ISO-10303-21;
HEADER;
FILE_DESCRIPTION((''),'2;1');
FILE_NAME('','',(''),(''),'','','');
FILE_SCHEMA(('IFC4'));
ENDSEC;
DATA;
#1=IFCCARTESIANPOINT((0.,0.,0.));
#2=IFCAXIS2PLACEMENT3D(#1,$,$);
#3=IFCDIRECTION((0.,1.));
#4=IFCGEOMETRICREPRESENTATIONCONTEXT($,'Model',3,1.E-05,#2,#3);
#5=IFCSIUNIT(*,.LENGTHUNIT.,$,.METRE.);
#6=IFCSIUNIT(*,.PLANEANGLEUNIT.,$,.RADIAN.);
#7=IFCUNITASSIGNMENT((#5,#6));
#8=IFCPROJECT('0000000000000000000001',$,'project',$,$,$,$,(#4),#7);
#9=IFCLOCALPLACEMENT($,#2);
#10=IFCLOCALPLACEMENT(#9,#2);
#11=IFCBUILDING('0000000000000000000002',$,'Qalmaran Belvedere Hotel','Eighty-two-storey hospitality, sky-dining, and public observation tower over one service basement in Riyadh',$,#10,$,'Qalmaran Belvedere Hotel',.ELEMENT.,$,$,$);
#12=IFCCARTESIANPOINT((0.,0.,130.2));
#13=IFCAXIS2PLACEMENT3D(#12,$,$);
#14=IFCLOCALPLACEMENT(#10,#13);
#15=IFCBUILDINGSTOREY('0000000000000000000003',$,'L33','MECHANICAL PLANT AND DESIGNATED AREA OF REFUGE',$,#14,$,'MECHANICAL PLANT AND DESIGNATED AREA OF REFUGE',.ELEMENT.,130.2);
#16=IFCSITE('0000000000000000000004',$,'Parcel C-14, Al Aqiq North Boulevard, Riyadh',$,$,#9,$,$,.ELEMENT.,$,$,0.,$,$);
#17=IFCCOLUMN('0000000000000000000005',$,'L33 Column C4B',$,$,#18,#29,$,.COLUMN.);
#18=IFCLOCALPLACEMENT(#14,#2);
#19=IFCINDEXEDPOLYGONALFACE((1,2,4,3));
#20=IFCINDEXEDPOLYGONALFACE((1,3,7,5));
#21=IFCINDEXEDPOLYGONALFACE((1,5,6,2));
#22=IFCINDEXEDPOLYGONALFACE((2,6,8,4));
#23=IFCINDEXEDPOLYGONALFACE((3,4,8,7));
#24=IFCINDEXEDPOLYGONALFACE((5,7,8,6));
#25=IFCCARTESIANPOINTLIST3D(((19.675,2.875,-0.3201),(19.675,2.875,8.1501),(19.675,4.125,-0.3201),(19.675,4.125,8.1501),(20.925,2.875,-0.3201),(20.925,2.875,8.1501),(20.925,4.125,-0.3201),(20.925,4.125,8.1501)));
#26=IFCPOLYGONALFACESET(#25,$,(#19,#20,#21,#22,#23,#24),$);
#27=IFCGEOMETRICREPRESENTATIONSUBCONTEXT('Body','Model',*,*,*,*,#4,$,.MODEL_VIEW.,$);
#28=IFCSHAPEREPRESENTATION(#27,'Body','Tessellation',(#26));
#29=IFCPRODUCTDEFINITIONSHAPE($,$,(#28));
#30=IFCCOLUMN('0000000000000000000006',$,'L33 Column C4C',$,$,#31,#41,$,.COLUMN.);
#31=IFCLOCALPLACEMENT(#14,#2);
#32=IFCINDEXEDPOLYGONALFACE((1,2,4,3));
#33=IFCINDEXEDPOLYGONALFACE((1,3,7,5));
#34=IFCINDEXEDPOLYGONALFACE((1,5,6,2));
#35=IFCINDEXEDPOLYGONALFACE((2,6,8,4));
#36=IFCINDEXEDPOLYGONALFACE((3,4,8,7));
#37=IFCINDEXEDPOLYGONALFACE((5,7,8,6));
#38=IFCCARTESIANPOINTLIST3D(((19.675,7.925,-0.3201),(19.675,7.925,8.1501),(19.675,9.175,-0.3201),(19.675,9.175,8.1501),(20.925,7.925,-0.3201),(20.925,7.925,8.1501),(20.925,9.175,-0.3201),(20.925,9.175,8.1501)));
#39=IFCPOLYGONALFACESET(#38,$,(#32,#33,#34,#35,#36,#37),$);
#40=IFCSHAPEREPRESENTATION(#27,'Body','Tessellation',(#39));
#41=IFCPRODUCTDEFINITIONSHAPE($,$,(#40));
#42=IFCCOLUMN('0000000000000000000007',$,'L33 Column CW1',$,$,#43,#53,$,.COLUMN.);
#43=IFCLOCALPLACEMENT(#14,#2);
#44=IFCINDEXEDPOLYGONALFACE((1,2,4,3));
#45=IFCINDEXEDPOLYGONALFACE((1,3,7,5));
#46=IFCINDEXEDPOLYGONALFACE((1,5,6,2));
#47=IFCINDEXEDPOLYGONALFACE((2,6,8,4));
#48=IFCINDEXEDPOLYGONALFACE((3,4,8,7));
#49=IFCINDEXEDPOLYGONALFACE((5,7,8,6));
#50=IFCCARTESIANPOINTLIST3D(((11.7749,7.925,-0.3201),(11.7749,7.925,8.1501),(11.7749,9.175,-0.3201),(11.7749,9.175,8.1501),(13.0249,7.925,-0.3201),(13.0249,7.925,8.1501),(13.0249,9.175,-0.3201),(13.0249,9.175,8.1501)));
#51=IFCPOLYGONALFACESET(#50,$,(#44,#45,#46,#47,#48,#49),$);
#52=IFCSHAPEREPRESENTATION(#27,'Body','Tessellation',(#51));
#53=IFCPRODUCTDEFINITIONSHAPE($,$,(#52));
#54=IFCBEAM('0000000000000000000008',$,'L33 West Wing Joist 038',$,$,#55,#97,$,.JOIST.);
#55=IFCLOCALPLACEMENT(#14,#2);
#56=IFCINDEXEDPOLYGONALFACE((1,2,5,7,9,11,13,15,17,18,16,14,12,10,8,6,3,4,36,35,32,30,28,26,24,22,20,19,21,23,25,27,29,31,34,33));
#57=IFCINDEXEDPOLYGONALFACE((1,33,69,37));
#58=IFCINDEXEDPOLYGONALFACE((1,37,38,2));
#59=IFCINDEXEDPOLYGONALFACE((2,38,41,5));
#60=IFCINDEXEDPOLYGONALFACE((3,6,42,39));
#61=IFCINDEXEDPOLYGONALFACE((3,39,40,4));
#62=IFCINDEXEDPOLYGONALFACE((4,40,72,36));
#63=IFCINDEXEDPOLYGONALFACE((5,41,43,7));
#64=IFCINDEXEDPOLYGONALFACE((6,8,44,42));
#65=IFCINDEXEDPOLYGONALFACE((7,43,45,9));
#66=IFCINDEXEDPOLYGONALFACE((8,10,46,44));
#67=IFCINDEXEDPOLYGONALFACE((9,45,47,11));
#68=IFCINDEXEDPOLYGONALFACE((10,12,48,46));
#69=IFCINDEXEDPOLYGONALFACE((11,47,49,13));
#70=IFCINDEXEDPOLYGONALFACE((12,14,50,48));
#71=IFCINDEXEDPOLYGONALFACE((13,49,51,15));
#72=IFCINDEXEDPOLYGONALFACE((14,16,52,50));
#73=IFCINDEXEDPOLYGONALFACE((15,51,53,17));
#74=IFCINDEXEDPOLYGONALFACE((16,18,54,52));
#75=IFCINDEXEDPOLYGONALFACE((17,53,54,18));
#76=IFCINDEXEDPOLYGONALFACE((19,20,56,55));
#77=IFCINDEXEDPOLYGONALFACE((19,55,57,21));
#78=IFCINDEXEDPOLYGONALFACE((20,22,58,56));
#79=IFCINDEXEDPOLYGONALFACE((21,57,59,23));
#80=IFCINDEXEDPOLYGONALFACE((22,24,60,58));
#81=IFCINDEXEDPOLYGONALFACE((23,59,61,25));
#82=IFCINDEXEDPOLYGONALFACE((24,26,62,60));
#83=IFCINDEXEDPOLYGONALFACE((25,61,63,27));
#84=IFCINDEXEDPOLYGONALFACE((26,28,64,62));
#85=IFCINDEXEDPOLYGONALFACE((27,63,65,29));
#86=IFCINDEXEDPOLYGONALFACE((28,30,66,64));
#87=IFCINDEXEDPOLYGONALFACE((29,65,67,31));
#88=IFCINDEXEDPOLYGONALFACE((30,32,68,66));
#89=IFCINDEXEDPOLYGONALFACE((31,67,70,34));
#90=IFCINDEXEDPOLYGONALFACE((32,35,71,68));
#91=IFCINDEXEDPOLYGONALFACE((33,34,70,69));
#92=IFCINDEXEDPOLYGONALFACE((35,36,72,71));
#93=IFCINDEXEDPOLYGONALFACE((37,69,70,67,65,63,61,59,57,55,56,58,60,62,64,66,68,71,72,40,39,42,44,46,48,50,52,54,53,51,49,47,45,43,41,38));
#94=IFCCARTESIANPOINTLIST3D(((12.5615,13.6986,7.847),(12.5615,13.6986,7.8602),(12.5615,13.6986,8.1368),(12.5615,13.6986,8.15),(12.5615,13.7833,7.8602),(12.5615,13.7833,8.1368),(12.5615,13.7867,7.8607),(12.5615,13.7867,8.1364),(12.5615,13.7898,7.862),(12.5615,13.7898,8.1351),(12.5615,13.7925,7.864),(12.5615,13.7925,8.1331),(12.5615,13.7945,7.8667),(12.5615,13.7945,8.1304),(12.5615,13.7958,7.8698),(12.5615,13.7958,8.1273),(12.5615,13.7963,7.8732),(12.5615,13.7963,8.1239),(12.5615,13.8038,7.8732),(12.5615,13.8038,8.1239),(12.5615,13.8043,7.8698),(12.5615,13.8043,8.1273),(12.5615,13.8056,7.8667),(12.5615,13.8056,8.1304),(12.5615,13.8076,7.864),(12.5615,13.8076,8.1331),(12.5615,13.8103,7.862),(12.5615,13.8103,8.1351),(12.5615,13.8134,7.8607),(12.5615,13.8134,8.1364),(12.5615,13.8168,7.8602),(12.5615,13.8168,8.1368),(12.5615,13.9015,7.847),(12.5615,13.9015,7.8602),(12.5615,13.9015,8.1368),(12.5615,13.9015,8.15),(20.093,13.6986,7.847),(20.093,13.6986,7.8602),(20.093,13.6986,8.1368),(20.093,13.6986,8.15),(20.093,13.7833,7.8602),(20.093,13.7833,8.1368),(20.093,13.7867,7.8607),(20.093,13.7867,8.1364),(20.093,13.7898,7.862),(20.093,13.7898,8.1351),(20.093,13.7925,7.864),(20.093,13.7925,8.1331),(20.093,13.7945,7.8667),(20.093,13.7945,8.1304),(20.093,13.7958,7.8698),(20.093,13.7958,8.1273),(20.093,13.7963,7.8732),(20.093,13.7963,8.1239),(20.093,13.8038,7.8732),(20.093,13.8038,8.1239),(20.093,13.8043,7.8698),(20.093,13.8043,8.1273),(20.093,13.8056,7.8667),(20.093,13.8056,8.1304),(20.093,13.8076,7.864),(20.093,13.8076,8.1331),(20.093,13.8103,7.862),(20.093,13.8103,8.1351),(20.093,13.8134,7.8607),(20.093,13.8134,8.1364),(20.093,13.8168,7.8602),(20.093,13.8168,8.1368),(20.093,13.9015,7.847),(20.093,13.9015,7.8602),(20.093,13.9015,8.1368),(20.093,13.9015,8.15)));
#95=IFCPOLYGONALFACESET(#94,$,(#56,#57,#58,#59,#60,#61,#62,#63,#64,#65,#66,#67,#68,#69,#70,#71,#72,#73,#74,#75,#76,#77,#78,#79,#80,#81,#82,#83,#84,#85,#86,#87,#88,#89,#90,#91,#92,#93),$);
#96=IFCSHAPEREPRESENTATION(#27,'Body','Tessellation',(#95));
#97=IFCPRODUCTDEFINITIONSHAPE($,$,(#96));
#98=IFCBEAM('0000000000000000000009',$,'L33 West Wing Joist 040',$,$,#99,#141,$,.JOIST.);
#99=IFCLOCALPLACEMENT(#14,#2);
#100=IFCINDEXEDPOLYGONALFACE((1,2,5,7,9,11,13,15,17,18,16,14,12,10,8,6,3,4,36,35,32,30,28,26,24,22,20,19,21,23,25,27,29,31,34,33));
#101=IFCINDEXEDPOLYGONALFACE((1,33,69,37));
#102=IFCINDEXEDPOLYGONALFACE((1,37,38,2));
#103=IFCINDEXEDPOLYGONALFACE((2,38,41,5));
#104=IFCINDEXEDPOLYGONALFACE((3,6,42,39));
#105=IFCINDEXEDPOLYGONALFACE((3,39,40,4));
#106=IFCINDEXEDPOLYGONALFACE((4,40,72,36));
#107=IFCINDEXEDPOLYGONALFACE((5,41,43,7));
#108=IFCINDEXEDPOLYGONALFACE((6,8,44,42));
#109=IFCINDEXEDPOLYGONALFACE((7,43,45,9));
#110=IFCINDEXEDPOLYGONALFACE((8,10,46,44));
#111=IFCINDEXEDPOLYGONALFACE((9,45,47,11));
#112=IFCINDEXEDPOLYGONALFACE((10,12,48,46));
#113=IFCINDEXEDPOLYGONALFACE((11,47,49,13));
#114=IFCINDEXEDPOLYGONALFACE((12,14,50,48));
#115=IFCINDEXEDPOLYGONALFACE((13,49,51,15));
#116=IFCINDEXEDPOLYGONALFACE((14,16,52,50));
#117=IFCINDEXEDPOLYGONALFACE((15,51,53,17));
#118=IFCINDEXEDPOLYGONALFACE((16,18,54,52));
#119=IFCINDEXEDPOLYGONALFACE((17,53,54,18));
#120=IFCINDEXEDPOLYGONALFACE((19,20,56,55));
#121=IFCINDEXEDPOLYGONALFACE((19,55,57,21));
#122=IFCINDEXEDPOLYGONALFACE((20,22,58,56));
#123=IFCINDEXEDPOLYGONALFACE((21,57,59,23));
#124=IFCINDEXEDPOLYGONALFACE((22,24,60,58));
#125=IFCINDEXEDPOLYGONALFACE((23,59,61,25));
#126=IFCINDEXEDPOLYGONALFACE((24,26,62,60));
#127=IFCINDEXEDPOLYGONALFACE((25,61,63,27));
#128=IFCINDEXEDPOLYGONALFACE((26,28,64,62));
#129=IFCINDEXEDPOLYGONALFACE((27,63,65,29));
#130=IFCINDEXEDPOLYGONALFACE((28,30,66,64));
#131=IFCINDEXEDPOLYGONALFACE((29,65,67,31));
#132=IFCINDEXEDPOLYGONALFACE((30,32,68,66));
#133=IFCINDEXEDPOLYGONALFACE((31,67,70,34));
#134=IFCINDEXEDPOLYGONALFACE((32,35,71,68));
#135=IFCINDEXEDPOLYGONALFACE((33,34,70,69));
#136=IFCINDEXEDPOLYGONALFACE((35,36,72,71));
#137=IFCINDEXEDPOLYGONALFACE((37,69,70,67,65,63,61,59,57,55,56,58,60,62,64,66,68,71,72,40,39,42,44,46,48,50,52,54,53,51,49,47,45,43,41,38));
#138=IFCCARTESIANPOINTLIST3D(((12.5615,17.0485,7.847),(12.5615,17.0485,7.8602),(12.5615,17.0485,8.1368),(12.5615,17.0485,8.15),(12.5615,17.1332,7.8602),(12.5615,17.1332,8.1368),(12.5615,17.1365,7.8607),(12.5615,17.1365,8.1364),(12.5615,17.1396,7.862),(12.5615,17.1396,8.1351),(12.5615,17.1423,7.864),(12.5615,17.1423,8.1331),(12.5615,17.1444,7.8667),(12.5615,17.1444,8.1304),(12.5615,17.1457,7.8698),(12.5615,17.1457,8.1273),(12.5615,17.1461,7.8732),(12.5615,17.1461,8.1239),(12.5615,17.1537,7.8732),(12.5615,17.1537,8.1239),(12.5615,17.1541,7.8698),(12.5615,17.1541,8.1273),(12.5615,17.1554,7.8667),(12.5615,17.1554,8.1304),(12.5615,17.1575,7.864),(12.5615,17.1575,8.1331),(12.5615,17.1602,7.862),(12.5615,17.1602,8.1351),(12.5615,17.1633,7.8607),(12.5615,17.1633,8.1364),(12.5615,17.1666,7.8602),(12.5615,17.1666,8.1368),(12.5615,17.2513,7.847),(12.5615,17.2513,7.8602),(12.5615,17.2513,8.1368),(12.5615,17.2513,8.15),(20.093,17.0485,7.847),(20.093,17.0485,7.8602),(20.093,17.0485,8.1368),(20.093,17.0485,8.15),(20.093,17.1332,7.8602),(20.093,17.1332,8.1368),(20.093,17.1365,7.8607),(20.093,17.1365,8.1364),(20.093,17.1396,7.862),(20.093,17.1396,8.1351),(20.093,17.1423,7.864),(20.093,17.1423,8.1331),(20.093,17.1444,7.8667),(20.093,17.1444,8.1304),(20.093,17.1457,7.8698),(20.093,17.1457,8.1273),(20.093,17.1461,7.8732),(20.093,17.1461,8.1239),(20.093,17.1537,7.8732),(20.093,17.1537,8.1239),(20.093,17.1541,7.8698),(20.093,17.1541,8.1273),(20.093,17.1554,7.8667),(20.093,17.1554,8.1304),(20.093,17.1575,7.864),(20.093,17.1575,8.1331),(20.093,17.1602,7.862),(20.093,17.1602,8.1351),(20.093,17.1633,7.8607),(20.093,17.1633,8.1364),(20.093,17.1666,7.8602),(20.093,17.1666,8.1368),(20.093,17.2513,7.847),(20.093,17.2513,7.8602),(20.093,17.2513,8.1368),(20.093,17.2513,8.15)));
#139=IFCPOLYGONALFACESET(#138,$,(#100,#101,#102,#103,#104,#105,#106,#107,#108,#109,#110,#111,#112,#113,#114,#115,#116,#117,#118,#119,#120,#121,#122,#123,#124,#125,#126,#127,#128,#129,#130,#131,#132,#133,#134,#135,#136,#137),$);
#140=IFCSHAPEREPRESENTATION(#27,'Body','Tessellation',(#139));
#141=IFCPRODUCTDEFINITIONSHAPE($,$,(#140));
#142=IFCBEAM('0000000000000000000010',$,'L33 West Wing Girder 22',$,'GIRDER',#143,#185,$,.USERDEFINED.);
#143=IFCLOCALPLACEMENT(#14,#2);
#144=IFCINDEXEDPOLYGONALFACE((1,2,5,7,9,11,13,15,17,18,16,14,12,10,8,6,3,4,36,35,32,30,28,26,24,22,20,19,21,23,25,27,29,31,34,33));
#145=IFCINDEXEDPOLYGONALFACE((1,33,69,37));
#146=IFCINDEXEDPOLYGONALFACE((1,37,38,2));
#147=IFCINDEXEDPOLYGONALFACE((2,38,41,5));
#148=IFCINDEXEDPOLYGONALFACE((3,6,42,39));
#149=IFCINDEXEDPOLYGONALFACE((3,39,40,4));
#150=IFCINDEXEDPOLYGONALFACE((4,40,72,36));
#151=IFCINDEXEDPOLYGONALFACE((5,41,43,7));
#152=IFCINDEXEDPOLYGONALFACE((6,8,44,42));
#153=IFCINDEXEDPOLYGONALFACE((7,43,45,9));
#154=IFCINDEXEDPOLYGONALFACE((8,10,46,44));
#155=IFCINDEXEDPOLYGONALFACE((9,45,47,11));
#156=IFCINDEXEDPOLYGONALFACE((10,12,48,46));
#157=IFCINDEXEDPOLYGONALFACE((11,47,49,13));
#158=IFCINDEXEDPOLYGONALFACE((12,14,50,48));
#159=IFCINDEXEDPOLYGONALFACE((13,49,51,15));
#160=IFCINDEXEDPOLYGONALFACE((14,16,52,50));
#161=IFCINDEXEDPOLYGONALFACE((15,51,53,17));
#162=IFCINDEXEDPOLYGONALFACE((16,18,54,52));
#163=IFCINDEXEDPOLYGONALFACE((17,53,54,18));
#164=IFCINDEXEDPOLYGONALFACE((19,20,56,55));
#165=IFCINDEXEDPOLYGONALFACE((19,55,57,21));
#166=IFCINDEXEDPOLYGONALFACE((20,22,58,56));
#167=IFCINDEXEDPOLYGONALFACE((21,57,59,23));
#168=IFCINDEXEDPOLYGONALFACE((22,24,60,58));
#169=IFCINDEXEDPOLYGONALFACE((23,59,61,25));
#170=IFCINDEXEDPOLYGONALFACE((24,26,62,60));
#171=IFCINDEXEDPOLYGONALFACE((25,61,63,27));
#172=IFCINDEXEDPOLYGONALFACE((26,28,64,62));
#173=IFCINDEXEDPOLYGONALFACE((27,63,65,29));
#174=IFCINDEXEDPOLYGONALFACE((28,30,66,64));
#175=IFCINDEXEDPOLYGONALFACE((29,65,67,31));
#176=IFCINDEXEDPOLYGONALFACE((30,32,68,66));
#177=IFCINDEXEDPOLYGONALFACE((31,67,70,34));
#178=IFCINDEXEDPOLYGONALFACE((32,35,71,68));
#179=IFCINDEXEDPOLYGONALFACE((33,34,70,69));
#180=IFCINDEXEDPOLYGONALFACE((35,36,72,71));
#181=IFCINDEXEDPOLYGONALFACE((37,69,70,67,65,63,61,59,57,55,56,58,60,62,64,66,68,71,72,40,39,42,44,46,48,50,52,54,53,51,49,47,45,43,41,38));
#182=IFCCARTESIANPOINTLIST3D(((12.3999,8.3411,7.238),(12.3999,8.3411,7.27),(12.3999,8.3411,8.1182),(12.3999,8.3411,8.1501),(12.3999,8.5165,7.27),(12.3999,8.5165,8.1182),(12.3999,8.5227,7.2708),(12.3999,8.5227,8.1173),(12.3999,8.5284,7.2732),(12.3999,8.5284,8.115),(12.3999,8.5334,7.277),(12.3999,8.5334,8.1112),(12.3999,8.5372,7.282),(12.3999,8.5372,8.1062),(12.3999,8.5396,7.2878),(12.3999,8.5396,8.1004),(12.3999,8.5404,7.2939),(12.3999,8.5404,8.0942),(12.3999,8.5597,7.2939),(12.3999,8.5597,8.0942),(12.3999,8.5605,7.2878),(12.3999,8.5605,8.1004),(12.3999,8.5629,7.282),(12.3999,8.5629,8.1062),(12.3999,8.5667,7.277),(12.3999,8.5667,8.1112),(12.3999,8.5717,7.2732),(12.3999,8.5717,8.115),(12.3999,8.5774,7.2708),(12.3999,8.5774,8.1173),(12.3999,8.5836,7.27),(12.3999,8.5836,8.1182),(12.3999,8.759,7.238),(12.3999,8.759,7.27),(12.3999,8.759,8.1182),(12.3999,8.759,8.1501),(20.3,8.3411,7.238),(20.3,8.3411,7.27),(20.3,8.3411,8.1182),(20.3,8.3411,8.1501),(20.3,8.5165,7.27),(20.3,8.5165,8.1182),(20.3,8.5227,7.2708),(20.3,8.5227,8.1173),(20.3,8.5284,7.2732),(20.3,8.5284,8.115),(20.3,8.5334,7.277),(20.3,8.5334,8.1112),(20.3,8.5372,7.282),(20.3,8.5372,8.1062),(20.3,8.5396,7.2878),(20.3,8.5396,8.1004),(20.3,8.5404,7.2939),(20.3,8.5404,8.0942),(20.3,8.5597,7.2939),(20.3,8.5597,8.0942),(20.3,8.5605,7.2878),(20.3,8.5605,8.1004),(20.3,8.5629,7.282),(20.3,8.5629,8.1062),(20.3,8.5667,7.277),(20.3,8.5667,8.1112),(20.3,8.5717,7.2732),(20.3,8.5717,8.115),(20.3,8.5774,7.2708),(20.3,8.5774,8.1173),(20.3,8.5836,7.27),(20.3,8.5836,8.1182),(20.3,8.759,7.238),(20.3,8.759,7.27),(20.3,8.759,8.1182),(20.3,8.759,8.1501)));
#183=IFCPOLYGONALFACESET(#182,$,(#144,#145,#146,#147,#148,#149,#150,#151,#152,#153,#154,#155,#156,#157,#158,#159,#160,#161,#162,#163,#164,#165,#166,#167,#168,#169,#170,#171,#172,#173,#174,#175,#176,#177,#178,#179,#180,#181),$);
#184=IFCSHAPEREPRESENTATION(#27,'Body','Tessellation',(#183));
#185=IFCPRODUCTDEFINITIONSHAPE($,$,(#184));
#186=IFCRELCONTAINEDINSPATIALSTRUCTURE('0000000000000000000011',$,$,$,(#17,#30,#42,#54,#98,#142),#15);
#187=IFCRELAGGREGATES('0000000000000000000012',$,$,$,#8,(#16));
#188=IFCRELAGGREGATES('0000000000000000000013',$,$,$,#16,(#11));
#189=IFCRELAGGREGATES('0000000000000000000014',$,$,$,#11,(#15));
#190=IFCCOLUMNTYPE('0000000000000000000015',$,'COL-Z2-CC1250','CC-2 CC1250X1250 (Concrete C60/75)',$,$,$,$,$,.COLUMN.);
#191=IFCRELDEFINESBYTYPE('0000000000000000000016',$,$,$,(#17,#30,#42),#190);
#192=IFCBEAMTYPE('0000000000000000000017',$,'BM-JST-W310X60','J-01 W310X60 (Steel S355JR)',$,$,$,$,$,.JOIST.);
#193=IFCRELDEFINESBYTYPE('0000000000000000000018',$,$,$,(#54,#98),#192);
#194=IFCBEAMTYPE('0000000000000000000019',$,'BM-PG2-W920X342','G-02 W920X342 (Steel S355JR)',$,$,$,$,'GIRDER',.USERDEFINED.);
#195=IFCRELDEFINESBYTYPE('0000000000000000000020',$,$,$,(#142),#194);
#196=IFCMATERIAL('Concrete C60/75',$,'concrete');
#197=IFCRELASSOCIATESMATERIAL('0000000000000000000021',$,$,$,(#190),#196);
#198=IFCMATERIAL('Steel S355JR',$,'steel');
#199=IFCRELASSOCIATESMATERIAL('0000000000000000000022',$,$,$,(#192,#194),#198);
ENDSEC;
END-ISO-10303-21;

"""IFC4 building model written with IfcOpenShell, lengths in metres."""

from ifc_helpers import new_model, si_unit, direction, frame, origin, origin_2d, place, context, subcontext, project, spatial, rectangle, i_section, extrude, material, material_profile, profile_set, type_object, element, save


model = new_model("IFC4")

# Units and contexts
model_context = context("Model", 3, precision=1e-05, world=origin(), true_north=direction((0.0, 1.0)))
body_context = subcontext(model_context, "Body", "Model", "MODEL_VIEW")
ifc_project = project(units=[si_unit("LENGTHUNIT", "METRE"), si_unit("PLANEANGLEUNIT", "RADIAN")], contexts=[model_context])

# Site, building, storey
site_placement = place(None, origin())
site = spatial("IfcSite", under=ifc_project, at=site_placement, Name="Parcel C-14, Al Aqiq North Boulevard, Riyadh", CompositionType="ELEMENT", RefElevation=0.0)
building_placement = place(site_placement, origin())
building = spatial("IfcBuilding", under=site, at=building_placement, Name="Qalmaran Belvedere Hotel", Description="Eighty-two-storey hospitality, sky-dining, and public observation tower over one service basement in Riyadh", LongName="Qalmaran Belvedere Hotel", CompositionType="ELEMENT")
storey_placement = place(building_placement, frame((0.0, 0.0, 130.2)))
storey = spatial("IfcBuildingStorey", under=building, at=storey_placement, Name="L33", Description="MECHANICAL PLANT AND DESIGNATED AREA OF REFUGE", LongName="MECHANICAL PLANT AND DESIGNATED AREA OF REFUGE", CompositionType="ELEMENT", Elevation=130.2)

# Columns
ifc_material_1 = material(Name="Concrete C60/75", Category="concrete")
ifc_material_profile_1 = material_profile(ifc_material_1, rectangle(XDim=1.25, YDim=1.25, at=origin_2d()), Name="CC1250X1250")
ifc_profile_set_1 = profile_set([ifc_material_profile_1], Name="Concrete C60/75")
column_type = type_object("IfcColumnType", Name="COL-Z2-CC1250", Description="CC-2 CC1250X1250 (Concrete C60/75)", PredefinedType="COLUMN", material=ifc_profile_set_1)
for number, where, z_axis, x_axis, name in (
    (1, (20.3, 3.5, -0.3201), (0.0, 0.0, 1.0), (1.0, 0.0, 0.0), "L33 Column C4B"),
    (2, (20.3, 8.55, -0.3201), (0.0, 0.0, 1.0), (1.0, 0.0, 0.0), "L33 Column C4C"),
    (3, (12.3999, 8.55, -0.3201), (0.0, 0.0, 1.0), (1.0, 0.0, 0.0), "L33 Column CW1"),
):
    element("IfcColumn", number, at=place(storey_placement, frame(where, z_axis=z_axis, x_axis=x_axis)), inside=storey, type_object=column_type, Name=name, PredefinedType="COLUMN", context=body_context, shape_type="SweptSolid", body=[
        extrude(rectangle(XDim=1.25, YDim=1.25, at=origin_2d()), origin(), (0.0, 0.0, 1.0), 8.4702),
    ])

# Beams
ifc_material_2 = material(Name="Steel S355JR", Category="steel")
ifc_material_profile_2 = material_profile(ifc_material_2, i_section(OverallWidth=0.2029, OverallDepth=0.303, WebThickness=0.0076, FlangeThickness=0.0132, FilletRadius=0.0129, at=origin_2d()), Name="W310X60")
ifc_profile_set_2 = profile_set([ifc_material_profile_2], Name="Steel S355JR")
beam_type_1 = type_object("IfcBeamType", Name="BM-JST-W310X60", Description="J-01 W310X60 (Steel S355JR)", PredefinedType="JOIST", material=ifc_profile_set_2)
for number, where, z_axis, x_axis, name in (
    (4, (12.5615, 13.8, 7.9985), (1.0, 0.0, 0.0), (0.0, 1.0, 0.0), "L33 West Wing Joist 038"),
    (5, (12.5615, 17.1499, 7.9985), (1.0, 0.0, 0.0), (0.0, 1.0, 0.0), "L33 West Wing Joist 040"),
):
    element("IfcBeam", number, at=place(storey_placement, frame(where, z_axis=z_axis, x_axis=x_axis)), inside=storey, type_object=beam_type_1, Name=name, PredefinedType="JOIST", context=body_context, shape_type="SweptSolid", body=[
        extrude(i_section(OverallWidth=0.2029, OverallDepth=0.303, WebThickness=0.0076, FlangeThickness=0.0132, FilletRadius=0.0129, at=origin_2d()), origin(), (0.0, 0.0, 1.0), 7.5315),
    ])
ifc_material_profile_3 = material_profile(ifc_material_2, i_section(OverallWidth=0.418, OverallDepth=0.9121, WebThickness=0.0193, FlangeThickness=0.032, FilletRadius=0.0239, at=origin_2d()), Name="W920X342")
ifc_profile_set_3 = profile_set([ifc_material_profile_3], Name="Steel S355JR")
beam_type_2 = type_object("IfcBeamType", Name="BM-PG2-W920X342", Description="G-02 W920X342 (Steel S355JR)", ElementType="GIRDER", PredefinedType="USERDEFINED", material=ifc_profile_set_3)
beam_1_placement = place(storey_placement, frame((12.3999, 8.55, 7.6941), z_axis=(1.0, 0.0, 0.0), x_axis=(0.0, 1.0, 0.0)))
element("IfcBeam", 6, at=beam_1_placement, inside=storey, type_object=beam_type_2, Name="L33 West Wing Girder 22", ObjectType="GIRDER", PredefinedType="USERDEFINED", context=body_context, shape_type="SweptSolid", body=[
    extrude(i_section(OverallWidth=0.418, OverallDepth=0.9121, WebThickness=0.0193, FlangeThickness=0.032, FilletRadius=0.0239, at=origin_2d()), origin(), (0.0, 0.0, 1.0), 7.9001),
])

save(model, "model.ifc")
